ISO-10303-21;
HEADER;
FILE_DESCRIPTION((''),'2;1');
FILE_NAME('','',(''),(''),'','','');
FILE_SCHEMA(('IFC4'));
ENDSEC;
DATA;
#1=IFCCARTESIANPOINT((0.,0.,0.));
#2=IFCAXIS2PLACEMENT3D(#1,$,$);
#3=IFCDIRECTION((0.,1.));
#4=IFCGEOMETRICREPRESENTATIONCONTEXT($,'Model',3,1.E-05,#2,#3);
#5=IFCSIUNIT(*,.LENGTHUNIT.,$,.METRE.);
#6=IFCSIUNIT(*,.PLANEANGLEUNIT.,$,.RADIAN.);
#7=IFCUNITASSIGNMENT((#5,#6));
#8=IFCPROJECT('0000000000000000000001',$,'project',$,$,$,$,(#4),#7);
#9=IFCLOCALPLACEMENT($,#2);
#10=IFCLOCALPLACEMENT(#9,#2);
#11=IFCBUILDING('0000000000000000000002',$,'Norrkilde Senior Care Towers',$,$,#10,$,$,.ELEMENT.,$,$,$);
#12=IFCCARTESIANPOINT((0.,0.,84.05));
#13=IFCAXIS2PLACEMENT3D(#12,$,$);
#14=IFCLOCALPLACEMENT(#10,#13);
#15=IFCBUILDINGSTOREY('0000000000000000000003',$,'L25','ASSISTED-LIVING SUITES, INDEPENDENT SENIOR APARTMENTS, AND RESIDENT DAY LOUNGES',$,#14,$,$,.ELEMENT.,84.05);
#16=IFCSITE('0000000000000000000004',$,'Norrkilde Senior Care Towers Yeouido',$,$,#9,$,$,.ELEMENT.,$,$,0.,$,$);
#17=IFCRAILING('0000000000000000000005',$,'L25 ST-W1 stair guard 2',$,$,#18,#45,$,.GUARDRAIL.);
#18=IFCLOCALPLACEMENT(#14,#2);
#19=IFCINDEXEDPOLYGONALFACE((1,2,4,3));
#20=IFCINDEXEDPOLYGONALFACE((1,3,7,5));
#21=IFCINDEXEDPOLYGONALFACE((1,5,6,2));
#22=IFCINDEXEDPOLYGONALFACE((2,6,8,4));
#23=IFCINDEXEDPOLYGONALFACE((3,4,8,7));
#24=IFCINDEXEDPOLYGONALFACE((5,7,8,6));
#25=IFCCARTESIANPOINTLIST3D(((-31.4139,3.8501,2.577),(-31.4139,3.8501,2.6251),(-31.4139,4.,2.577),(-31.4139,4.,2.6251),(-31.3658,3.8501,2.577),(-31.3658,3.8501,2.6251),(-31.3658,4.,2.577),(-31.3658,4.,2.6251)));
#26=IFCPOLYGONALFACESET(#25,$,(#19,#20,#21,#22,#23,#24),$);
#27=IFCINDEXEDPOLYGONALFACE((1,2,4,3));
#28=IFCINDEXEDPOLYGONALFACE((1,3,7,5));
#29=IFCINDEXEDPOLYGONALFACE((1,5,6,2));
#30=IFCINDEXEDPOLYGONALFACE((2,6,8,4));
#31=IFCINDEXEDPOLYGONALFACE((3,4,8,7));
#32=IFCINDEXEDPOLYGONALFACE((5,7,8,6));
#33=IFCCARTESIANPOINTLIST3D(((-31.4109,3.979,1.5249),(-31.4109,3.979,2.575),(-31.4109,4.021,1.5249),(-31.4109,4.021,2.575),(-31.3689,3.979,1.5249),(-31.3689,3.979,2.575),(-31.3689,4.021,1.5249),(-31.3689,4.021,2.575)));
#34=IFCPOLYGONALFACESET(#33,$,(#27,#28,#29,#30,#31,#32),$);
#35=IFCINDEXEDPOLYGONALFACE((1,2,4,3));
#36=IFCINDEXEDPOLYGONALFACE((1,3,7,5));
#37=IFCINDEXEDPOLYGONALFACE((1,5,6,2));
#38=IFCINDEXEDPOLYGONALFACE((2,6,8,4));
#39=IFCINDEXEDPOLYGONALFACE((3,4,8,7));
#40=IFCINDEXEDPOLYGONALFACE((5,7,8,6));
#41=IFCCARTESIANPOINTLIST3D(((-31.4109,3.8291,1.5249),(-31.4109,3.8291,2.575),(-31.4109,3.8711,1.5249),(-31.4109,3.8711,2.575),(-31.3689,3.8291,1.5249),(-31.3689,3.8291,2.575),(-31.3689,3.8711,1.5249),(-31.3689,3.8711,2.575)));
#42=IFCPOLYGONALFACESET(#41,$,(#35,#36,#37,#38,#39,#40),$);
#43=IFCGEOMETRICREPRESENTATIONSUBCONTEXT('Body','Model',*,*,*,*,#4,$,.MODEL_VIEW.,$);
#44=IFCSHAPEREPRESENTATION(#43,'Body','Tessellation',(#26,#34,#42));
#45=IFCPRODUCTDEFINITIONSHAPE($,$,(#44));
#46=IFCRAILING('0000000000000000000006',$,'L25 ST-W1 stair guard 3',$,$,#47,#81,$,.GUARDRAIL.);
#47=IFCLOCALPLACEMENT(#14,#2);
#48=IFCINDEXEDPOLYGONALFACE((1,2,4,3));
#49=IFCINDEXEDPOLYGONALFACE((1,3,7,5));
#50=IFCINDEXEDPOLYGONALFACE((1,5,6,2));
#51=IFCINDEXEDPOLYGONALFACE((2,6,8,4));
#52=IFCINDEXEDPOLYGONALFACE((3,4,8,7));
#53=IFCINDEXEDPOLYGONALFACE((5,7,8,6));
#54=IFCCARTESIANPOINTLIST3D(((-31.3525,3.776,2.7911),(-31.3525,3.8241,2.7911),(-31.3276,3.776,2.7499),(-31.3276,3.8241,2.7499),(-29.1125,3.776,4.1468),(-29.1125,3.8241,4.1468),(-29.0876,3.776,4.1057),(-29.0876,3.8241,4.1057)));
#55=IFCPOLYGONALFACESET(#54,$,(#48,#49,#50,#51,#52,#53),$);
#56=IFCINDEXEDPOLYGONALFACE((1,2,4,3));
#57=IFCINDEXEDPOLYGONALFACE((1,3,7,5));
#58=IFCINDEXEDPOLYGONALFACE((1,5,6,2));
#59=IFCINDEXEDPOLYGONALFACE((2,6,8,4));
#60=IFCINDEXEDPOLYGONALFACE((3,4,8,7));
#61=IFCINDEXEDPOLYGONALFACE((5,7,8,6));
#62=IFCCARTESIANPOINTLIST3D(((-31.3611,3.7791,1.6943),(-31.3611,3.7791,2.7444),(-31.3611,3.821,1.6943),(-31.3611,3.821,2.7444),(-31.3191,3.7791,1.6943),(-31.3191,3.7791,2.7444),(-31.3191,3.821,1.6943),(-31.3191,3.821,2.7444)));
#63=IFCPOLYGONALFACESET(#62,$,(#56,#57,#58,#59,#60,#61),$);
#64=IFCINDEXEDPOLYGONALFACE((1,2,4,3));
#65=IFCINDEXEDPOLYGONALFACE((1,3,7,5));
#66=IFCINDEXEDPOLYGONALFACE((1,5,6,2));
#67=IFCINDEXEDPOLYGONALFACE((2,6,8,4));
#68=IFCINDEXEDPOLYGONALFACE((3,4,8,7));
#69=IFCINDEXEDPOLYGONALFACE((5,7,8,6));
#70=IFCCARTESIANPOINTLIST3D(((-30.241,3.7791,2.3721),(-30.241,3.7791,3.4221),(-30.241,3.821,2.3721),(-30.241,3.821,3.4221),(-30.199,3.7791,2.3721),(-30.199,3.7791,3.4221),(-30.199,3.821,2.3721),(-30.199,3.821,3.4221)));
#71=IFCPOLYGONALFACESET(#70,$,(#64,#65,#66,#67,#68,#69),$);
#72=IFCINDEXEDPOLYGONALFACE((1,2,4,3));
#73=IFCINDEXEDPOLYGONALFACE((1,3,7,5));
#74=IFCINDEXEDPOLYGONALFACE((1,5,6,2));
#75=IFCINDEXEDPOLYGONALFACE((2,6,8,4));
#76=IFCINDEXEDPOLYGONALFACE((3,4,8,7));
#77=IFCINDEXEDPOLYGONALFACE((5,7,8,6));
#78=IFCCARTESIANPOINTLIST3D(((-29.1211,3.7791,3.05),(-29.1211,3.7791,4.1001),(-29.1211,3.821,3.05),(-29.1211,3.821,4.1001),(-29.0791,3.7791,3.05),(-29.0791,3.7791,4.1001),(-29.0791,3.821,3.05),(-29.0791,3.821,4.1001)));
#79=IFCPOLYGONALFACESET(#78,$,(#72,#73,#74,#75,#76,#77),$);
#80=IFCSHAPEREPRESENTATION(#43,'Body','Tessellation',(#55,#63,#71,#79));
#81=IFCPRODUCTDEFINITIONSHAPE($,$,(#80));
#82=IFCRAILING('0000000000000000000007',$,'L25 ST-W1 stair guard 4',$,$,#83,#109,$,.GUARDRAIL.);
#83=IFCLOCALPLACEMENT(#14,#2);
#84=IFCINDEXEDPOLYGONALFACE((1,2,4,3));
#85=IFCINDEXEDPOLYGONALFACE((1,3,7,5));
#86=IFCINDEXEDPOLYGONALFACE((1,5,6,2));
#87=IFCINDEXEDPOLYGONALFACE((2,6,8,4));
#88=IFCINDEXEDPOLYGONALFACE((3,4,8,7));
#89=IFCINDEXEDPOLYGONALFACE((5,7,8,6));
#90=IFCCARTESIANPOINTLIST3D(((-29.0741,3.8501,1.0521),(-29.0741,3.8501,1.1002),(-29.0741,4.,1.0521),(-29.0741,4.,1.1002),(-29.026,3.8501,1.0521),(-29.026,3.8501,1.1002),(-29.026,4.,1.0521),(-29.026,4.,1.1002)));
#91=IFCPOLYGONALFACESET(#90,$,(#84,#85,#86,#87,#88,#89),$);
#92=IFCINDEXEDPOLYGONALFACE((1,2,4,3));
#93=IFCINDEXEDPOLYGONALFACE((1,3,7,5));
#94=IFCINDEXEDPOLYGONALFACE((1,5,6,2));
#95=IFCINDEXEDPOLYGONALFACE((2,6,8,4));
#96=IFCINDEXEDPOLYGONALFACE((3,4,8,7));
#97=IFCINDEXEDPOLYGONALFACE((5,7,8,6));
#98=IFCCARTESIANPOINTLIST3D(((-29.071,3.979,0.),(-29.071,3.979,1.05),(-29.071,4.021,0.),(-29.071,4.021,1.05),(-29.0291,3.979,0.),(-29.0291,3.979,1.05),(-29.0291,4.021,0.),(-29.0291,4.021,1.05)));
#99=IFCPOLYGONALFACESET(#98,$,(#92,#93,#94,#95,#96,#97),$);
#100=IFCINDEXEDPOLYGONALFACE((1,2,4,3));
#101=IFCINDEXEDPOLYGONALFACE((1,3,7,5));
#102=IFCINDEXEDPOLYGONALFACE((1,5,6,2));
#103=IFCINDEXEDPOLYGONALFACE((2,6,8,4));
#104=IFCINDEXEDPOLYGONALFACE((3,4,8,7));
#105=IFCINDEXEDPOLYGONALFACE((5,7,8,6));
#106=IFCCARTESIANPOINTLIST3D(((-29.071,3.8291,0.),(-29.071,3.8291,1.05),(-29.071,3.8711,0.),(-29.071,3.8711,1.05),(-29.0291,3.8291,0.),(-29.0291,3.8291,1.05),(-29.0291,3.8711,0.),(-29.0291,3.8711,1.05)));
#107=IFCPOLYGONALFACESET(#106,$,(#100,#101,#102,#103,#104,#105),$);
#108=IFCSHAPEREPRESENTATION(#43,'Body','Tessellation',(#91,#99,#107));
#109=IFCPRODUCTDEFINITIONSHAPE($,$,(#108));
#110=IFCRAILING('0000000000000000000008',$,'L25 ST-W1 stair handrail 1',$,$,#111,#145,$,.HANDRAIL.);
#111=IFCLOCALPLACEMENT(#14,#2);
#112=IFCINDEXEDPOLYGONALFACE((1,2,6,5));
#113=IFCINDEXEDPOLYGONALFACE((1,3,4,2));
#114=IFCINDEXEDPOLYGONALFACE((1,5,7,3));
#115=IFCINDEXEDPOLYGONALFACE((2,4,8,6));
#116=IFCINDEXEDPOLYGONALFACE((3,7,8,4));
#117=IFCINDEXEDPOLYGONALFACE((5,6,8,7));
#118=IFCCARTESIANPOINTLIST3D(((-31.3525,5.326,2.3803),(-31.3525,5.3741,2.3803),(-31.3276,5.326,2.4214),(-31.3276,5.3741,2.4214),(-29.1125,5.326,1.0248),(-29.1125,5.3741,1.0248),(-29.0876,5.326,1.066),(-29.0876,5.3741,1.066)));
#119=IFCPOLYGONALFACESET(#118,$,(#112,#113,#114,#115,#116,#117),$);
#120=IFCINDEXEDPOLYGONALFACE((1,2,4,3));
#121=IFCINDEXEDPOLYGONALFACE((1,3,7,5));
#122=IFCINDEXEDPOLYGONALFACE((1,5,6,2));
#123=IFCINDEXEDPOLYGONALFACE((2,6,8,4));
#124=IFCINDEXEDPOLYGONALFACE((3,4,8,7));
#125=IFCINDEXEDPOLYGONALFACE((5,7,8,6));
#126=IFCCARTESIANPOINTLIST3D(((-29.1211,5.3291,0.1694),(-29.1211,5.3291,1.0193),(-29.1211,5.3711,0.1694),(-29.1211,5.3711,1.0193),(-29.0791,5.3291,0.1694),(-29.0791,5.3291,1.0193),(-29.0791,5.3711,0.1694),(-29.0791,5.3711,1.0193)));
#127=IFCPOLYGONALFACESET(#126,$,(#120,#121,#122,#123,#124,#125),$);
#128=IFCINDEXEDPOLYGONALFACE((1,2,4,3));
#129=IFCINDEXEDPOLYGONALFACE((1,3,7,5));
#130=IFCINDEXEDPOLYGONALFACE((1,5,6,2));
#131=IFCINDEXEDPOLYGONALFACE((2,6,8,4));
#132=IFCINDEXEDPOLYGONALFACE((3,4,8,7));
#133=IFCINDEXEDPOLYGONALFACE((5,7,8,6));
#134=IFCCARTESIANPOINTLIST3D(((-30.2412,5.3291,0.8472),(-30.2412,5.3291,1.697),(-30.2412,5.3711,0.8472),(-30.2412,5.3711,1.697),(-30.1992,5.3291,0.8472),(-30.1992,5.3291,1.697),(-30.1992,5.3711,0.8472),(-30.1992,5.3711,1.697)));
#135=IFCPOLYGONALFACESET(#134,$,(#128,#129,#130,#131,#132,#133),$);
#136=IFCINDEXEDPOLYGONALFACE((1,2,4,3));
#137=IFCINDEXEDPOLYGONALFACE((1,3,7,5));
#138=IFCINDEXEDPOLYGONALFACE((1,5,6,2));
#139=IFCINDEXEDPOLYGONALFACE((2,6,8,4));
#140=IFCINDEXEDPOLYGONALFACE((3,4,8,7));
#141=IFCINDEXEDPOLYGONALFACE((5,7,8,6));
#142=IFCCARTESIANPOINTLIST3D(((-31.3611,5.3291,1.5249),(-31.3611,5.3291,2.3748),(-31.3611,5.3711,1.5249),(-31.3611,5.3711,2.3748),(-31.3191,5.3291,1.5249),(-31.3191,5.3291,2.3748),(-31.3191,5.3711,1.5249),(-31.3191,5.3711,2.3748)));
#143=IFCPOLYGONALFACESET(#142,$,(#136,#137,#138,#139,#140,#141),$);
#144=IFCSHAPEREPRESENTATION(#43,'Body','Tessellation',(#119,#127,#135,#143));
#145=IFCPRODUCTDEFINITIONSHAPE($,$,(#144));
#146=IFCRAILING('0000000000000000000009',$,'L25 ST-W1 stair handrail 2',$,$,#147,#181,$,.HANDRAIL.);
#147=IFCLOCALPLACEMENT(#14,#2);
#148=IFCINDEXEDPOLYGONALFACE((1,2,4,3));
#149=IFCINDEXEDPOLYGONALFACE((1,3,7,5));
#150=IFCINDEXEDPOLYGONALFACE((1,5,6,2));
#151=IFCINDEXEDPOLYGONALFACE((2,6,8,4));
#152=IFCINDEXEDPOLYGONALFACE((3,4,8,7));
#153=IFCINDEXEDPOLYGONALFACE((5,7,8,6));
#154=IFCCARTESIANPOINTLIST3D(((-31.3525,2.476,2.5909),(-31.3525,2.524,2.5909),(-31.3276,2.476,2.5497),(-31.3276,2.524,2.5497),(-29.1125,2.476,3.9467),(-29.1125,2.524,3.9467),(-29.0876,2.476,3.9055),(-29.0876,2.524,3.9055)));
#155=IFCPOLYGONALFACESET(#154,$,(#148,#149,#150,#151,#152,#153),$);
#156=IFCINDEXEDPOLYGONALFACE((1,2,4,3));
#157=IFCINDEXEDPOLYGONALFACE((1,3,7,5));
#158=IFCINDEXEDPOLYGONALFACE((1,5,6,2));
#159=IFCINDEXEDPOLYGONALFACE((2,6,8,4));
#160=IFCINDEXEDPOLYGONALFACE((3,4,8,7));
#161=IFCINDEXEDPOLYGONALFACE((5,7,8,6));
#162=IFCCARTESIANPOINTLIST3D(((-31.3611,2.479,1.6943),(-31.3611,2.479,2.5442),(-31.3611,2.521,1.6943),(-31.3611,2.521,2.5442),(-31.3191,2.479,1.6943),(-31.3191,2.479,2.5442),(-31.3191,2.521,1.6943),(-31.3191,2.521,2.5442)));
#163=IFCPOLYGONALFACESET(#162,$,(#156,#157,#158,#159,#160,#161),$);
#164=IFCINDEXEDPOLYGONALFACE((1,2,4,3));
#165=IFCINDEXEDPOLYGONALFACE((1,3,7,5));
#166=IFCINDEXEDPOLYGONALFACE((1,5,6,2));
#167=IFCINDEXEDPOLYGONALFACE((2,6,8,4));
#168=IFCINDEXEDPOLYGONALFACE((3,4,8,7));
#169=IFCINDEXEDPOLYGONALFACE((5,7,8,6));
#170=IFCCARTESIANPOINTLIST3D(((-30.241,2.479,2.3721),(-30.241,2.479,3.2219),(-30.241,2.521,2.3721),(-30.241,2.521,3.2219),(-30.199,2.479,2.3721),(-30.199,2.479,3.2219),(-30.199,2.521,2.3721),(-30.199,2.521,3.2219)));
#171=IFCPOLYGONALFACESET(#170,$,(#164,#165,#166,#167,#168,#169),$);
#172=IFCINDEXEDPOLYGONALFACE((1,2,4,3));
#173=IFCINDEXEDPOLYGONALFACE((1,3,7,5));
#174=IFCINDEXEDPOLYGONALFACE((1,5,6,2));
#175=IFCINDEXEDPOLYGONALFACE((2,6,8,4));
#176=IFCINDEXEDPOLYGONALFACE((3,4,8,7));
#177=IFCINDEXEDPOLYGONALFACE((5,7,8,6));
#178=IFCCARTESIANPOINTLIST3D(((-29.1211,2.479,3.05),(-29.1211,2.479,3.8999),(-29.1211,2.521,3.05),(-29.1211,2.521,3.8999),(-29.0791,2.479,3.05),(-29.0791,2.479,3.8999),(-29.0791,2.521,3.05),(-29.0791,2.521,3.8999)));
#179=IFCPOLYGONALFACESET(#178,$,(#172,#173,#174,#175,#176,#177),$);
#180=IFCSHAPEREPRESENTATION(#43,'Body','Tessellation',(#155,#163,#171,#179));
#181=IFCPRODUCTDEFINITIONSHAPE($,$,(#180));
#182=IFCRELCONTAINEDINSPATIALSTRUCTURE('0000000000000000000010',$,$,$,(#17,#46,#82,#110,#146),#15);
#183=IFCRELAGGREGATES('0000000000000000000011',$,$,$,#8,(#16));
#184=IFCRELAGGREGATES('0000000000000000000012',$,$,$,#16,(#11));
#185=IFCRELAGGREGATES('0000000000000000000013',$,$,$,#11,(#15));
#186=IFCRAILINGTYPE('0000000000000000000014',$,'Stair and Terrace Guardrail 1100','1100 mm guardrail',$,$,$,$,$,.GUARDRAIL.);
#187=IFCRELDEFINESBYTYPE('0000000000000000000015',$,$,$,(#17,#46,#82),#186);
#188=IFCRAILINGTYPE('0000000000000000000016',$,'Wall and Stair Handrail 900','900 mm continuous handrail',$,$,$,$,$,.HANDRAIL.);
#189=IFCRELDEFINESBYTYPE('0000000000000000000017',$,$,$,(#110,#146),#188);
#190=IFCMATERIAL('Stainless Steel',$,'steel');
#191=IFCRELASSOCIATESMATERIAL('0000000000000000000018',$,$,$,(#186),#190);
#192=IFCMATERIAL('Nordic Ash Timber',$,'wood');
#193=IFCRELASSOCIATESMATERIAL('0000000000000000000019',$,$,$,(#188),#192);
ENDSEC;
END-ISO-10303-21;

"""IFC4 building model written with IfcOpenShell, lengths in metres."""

from ifc_helpers import new_model, si_unit, direction, frame, origin, origin_2d, place, context, subcontext, project, spatial, rectangle, extrude, material, type_object, element, save


model = new_model("IFC4")

# Units and contexts
model_context = context("Model", 3, precision=1e-05, world=origin(), true_north=direction((0.0, 1.0)))
body_context = subcontext(model_context, "Body", "Model", "MODEL_VIEW")
ifc_project = project(units=[si_unit("LENGTHUNIT", "METRE"), si_unit("PLANEANGLEUNIT", "RADIAN")], contexts=[model_context])

# Site, building, storey
site_placement = place(None, origin())
site = spatial("IfcSite", under=ifc_project, at=site_placement, Name="Norrkilde Senior Care Towers Yeouido", CompositionType="ELEMENT", RefElevation=0.0)
building_placement = place(site_placement, origin())
building = spatial("IfcBuilding", under=site, at=building_placement, Name="Norrkilde Senior Care Towers", CompositionType="ELEMENT")
storey_placement = place(building_placement, frame((0.0, 0.0, 84.05)))
storey = spatial("IfcBuildingStorey", under=building, at=storey_placement, Name="L25", Description="ASSISTED-LIVING SUITES, INDEPENDENT SENIOR APARTMENTS, AND RESIDENT DAY LOUNGES", CompositionType="ELEMENT", Elevation=84.05)

# Shared definitions
ifc_material_1 = material(Name="Nordic Ash Timber", Category="wood")

# Railings
ifc_material_2 = material(Name="Stainless Steel", Category="steel")
railing_type_1 = type_object("IfcRailingType", Name="Stair and Terrace Guardrail 1100", Description="1100 mm guardrail", PredefinedType="GUARDRAIL", material=ifc_material_2)
railing_1_placement = place(storey_placement, frame((-31.3899, 4.0, 1.5249)))
element("IfcRailing", 1, at=railing_1_placement, inside=storey, type_object=railing_type_1, Name="L25 ST-W1 stair guard 2", PredefinedType="GUARDRAIL", context=body_context, shape_type="SweptSolid", body=[
    extrude(rectangle(XDim=0.0481, YDim=0.0481, at=origin_2d()), frame((0.0, 0.0, 1.0762), z_axis=(0.0, -1.0, 0.0), x_axis=(1.0, 0.0, 0.0)), (0.0, 0.0, 1.0), 0.1499),
    extrude(rectangle(XDim=0.042, YDim=0.042, at=origin_2d()), origin(), (0.0, 0.0, 1.0), 1.05),
    extrude(rectangle(XDim=0.042, YDim=0.042, at=origin_2d()), frame((0.0, -0.1499, 0.0)), (0.0, 0.0, 1.0), 1.05),
])
railing_2_placement = place(storey_placement, frame((-31.3401, 3.8, 1.6943)))
element("IfcRailing", 2, at=railing_2_placement, inside=storey, type_object=railing_type_1, Name="L25 ST-W1 stair guard 3", PredefinedType="GUARDRAIL", context=body_context, shape_type="SweptSolid", body=[
    extrude(rectangle(XDim=0.0481, YDim=0.0481, at=origin_2d()), frame((0.0, 0.0, 1.0762), z_axis=(0.855512, 0.0, 0.517783), x_axis=(0.0, 1.0, 0.0)), (0.0, 0.0, 1.0), 2.6184),
    extrude(rectangle(XDim=0.042, YDim=0.042, at=origin_2d()), origin(), (0.0, 0.0, 1.0), 1.05),
    extrude(rectangle(XDim=0.042, YDim=0.042, at=origin_2d()), frame((1.1201, 0.0, 0.6777)), (0.0, 0.0, 1.0), 1.05),
    extrude(rectangle(XDim=0.042, YDim=0.042, at=origin_2d()), frame((2.24, 0.0, 1.3557)), (0.0, 0.0, 1.0), 1.05),
])
railing_3_placement = place(storey_placement, frame((-29.05, 4.0, 0.0)))
element("IfcRailing", 3, at=railing_3_placement, inside=storey, type_object=railing_type_1, Name="L25 ST-W1 stair guard 4", PredefinedType="GUARDRAIL", context=body_context, shape_type="SweptSolid", body=[
    extrude(rectangle(XDim=0.0481, YDim=0.0481, at=origin_2d()), frame((0.0, 0.0, 1.0762), z_axis=(0.0, -1.0, 0.0), x_axis=(1.0, 0.0, 0.0)), (0.0, 0.0, 1.0), 0.1499),
    extrude(rectangle(XDim=0.042, YDim=0.042, at=origin_2d()), origin(), (0.0, 0.0, 1.0), 1.05),
    extrude(rectangle(XDim=0.042, YDim=0.042, at=origin_2d()), frame((0.0, -0.1499, 0.0)), (0.0, 0.0, 1.0), 1.05),
])
railing_type_2 = type_object("IfcRailingType", Name="Wall and Stair Handrail 900", Description="900 mm continuous handrail", PredefinedType="HANDRAIL", material=ifc_material_1)
railing_4_placement = place(storey_placement, frame((-29.1001, 5.3501, 0.1694)))
element("IfcRailing", 4, at=railing_4_placement, inside=storey, type_object=railing_type_2, Name="L25 ST-W1 stair handrail 1", PredefinedType="HANDRAIL", context=body_context, shape_type="SweptSolid", body=[
    extrude(rectangle(XDim=0.0481, YDim=0.0481, at=origin_2d()), frame((0.0, 0.0, 0.876), z_axis=(-0.855553, 0.0, 0.517715), x_axis=(0.0, -1.0, 0.0)), (0.0, 0.0, 1.0), 2.6182),
    extrude(rectangle(XDim=0.042, YDim=0.042, at=origin_2d()), origin(), (0.0, 0.0, 1.0), 0.8499),
    extrude(rectangle(XDim=0.042, YDim=0.042, at=origin_2d()), frame((-1.1201, 0.0, 0.6777)), (0.0, 0.0, 1.0), 0.8499),
    extrude(rectangle(XDim=0.042, YDim=0.042, at=origin_2d()), frame((-2.24, 0.0, 1.3555)), (0.0, 0.0, 1.0), 0.8499),
])
railing_5_placement = place(storey_placement, frame((-31.3401, 2.5, 1.6943)))
element("IfcRailing", 5, at=railing_5_placement, inside=storey, type_object=railing_type_2, Name="L25 ST-W1 stair handrail 2", PredefinedType="HANDRAIL", context=body_context, shape_type="SweptSolid", body=[
    extrude(rectangle(XDim=0.0481, YDim=0.0481, at=origin_2d()), frame((0.0, 0.0, 0.876), z_axis=(0.855512, 0.0, 0.517783), x_axis=(0.0, 1.0, 0.0)), (0.0, 0.0, 1.0), 2.6184),
    extrude(rectangle(XDim=0.042, YDim=0.042, at=origin_2d()), origin(), (0.0, 0.0, 1.0), 0.8499),
    extrude(rectangle(XDim=0.042, YDim=0.042, at=origin_2d()), frame((1.1201, 0.0, 0.6777)), (0.0, 0.0, 1.0), 0.8499),
    extrude(rectangle(XDim=0.042, YDim=0.042, at=origin_2d()), frame((2.24, 0.0, 1.3557)), (0.0, 0.0, 1.0), 0.8499),
])

save(model, "model.ifc")
